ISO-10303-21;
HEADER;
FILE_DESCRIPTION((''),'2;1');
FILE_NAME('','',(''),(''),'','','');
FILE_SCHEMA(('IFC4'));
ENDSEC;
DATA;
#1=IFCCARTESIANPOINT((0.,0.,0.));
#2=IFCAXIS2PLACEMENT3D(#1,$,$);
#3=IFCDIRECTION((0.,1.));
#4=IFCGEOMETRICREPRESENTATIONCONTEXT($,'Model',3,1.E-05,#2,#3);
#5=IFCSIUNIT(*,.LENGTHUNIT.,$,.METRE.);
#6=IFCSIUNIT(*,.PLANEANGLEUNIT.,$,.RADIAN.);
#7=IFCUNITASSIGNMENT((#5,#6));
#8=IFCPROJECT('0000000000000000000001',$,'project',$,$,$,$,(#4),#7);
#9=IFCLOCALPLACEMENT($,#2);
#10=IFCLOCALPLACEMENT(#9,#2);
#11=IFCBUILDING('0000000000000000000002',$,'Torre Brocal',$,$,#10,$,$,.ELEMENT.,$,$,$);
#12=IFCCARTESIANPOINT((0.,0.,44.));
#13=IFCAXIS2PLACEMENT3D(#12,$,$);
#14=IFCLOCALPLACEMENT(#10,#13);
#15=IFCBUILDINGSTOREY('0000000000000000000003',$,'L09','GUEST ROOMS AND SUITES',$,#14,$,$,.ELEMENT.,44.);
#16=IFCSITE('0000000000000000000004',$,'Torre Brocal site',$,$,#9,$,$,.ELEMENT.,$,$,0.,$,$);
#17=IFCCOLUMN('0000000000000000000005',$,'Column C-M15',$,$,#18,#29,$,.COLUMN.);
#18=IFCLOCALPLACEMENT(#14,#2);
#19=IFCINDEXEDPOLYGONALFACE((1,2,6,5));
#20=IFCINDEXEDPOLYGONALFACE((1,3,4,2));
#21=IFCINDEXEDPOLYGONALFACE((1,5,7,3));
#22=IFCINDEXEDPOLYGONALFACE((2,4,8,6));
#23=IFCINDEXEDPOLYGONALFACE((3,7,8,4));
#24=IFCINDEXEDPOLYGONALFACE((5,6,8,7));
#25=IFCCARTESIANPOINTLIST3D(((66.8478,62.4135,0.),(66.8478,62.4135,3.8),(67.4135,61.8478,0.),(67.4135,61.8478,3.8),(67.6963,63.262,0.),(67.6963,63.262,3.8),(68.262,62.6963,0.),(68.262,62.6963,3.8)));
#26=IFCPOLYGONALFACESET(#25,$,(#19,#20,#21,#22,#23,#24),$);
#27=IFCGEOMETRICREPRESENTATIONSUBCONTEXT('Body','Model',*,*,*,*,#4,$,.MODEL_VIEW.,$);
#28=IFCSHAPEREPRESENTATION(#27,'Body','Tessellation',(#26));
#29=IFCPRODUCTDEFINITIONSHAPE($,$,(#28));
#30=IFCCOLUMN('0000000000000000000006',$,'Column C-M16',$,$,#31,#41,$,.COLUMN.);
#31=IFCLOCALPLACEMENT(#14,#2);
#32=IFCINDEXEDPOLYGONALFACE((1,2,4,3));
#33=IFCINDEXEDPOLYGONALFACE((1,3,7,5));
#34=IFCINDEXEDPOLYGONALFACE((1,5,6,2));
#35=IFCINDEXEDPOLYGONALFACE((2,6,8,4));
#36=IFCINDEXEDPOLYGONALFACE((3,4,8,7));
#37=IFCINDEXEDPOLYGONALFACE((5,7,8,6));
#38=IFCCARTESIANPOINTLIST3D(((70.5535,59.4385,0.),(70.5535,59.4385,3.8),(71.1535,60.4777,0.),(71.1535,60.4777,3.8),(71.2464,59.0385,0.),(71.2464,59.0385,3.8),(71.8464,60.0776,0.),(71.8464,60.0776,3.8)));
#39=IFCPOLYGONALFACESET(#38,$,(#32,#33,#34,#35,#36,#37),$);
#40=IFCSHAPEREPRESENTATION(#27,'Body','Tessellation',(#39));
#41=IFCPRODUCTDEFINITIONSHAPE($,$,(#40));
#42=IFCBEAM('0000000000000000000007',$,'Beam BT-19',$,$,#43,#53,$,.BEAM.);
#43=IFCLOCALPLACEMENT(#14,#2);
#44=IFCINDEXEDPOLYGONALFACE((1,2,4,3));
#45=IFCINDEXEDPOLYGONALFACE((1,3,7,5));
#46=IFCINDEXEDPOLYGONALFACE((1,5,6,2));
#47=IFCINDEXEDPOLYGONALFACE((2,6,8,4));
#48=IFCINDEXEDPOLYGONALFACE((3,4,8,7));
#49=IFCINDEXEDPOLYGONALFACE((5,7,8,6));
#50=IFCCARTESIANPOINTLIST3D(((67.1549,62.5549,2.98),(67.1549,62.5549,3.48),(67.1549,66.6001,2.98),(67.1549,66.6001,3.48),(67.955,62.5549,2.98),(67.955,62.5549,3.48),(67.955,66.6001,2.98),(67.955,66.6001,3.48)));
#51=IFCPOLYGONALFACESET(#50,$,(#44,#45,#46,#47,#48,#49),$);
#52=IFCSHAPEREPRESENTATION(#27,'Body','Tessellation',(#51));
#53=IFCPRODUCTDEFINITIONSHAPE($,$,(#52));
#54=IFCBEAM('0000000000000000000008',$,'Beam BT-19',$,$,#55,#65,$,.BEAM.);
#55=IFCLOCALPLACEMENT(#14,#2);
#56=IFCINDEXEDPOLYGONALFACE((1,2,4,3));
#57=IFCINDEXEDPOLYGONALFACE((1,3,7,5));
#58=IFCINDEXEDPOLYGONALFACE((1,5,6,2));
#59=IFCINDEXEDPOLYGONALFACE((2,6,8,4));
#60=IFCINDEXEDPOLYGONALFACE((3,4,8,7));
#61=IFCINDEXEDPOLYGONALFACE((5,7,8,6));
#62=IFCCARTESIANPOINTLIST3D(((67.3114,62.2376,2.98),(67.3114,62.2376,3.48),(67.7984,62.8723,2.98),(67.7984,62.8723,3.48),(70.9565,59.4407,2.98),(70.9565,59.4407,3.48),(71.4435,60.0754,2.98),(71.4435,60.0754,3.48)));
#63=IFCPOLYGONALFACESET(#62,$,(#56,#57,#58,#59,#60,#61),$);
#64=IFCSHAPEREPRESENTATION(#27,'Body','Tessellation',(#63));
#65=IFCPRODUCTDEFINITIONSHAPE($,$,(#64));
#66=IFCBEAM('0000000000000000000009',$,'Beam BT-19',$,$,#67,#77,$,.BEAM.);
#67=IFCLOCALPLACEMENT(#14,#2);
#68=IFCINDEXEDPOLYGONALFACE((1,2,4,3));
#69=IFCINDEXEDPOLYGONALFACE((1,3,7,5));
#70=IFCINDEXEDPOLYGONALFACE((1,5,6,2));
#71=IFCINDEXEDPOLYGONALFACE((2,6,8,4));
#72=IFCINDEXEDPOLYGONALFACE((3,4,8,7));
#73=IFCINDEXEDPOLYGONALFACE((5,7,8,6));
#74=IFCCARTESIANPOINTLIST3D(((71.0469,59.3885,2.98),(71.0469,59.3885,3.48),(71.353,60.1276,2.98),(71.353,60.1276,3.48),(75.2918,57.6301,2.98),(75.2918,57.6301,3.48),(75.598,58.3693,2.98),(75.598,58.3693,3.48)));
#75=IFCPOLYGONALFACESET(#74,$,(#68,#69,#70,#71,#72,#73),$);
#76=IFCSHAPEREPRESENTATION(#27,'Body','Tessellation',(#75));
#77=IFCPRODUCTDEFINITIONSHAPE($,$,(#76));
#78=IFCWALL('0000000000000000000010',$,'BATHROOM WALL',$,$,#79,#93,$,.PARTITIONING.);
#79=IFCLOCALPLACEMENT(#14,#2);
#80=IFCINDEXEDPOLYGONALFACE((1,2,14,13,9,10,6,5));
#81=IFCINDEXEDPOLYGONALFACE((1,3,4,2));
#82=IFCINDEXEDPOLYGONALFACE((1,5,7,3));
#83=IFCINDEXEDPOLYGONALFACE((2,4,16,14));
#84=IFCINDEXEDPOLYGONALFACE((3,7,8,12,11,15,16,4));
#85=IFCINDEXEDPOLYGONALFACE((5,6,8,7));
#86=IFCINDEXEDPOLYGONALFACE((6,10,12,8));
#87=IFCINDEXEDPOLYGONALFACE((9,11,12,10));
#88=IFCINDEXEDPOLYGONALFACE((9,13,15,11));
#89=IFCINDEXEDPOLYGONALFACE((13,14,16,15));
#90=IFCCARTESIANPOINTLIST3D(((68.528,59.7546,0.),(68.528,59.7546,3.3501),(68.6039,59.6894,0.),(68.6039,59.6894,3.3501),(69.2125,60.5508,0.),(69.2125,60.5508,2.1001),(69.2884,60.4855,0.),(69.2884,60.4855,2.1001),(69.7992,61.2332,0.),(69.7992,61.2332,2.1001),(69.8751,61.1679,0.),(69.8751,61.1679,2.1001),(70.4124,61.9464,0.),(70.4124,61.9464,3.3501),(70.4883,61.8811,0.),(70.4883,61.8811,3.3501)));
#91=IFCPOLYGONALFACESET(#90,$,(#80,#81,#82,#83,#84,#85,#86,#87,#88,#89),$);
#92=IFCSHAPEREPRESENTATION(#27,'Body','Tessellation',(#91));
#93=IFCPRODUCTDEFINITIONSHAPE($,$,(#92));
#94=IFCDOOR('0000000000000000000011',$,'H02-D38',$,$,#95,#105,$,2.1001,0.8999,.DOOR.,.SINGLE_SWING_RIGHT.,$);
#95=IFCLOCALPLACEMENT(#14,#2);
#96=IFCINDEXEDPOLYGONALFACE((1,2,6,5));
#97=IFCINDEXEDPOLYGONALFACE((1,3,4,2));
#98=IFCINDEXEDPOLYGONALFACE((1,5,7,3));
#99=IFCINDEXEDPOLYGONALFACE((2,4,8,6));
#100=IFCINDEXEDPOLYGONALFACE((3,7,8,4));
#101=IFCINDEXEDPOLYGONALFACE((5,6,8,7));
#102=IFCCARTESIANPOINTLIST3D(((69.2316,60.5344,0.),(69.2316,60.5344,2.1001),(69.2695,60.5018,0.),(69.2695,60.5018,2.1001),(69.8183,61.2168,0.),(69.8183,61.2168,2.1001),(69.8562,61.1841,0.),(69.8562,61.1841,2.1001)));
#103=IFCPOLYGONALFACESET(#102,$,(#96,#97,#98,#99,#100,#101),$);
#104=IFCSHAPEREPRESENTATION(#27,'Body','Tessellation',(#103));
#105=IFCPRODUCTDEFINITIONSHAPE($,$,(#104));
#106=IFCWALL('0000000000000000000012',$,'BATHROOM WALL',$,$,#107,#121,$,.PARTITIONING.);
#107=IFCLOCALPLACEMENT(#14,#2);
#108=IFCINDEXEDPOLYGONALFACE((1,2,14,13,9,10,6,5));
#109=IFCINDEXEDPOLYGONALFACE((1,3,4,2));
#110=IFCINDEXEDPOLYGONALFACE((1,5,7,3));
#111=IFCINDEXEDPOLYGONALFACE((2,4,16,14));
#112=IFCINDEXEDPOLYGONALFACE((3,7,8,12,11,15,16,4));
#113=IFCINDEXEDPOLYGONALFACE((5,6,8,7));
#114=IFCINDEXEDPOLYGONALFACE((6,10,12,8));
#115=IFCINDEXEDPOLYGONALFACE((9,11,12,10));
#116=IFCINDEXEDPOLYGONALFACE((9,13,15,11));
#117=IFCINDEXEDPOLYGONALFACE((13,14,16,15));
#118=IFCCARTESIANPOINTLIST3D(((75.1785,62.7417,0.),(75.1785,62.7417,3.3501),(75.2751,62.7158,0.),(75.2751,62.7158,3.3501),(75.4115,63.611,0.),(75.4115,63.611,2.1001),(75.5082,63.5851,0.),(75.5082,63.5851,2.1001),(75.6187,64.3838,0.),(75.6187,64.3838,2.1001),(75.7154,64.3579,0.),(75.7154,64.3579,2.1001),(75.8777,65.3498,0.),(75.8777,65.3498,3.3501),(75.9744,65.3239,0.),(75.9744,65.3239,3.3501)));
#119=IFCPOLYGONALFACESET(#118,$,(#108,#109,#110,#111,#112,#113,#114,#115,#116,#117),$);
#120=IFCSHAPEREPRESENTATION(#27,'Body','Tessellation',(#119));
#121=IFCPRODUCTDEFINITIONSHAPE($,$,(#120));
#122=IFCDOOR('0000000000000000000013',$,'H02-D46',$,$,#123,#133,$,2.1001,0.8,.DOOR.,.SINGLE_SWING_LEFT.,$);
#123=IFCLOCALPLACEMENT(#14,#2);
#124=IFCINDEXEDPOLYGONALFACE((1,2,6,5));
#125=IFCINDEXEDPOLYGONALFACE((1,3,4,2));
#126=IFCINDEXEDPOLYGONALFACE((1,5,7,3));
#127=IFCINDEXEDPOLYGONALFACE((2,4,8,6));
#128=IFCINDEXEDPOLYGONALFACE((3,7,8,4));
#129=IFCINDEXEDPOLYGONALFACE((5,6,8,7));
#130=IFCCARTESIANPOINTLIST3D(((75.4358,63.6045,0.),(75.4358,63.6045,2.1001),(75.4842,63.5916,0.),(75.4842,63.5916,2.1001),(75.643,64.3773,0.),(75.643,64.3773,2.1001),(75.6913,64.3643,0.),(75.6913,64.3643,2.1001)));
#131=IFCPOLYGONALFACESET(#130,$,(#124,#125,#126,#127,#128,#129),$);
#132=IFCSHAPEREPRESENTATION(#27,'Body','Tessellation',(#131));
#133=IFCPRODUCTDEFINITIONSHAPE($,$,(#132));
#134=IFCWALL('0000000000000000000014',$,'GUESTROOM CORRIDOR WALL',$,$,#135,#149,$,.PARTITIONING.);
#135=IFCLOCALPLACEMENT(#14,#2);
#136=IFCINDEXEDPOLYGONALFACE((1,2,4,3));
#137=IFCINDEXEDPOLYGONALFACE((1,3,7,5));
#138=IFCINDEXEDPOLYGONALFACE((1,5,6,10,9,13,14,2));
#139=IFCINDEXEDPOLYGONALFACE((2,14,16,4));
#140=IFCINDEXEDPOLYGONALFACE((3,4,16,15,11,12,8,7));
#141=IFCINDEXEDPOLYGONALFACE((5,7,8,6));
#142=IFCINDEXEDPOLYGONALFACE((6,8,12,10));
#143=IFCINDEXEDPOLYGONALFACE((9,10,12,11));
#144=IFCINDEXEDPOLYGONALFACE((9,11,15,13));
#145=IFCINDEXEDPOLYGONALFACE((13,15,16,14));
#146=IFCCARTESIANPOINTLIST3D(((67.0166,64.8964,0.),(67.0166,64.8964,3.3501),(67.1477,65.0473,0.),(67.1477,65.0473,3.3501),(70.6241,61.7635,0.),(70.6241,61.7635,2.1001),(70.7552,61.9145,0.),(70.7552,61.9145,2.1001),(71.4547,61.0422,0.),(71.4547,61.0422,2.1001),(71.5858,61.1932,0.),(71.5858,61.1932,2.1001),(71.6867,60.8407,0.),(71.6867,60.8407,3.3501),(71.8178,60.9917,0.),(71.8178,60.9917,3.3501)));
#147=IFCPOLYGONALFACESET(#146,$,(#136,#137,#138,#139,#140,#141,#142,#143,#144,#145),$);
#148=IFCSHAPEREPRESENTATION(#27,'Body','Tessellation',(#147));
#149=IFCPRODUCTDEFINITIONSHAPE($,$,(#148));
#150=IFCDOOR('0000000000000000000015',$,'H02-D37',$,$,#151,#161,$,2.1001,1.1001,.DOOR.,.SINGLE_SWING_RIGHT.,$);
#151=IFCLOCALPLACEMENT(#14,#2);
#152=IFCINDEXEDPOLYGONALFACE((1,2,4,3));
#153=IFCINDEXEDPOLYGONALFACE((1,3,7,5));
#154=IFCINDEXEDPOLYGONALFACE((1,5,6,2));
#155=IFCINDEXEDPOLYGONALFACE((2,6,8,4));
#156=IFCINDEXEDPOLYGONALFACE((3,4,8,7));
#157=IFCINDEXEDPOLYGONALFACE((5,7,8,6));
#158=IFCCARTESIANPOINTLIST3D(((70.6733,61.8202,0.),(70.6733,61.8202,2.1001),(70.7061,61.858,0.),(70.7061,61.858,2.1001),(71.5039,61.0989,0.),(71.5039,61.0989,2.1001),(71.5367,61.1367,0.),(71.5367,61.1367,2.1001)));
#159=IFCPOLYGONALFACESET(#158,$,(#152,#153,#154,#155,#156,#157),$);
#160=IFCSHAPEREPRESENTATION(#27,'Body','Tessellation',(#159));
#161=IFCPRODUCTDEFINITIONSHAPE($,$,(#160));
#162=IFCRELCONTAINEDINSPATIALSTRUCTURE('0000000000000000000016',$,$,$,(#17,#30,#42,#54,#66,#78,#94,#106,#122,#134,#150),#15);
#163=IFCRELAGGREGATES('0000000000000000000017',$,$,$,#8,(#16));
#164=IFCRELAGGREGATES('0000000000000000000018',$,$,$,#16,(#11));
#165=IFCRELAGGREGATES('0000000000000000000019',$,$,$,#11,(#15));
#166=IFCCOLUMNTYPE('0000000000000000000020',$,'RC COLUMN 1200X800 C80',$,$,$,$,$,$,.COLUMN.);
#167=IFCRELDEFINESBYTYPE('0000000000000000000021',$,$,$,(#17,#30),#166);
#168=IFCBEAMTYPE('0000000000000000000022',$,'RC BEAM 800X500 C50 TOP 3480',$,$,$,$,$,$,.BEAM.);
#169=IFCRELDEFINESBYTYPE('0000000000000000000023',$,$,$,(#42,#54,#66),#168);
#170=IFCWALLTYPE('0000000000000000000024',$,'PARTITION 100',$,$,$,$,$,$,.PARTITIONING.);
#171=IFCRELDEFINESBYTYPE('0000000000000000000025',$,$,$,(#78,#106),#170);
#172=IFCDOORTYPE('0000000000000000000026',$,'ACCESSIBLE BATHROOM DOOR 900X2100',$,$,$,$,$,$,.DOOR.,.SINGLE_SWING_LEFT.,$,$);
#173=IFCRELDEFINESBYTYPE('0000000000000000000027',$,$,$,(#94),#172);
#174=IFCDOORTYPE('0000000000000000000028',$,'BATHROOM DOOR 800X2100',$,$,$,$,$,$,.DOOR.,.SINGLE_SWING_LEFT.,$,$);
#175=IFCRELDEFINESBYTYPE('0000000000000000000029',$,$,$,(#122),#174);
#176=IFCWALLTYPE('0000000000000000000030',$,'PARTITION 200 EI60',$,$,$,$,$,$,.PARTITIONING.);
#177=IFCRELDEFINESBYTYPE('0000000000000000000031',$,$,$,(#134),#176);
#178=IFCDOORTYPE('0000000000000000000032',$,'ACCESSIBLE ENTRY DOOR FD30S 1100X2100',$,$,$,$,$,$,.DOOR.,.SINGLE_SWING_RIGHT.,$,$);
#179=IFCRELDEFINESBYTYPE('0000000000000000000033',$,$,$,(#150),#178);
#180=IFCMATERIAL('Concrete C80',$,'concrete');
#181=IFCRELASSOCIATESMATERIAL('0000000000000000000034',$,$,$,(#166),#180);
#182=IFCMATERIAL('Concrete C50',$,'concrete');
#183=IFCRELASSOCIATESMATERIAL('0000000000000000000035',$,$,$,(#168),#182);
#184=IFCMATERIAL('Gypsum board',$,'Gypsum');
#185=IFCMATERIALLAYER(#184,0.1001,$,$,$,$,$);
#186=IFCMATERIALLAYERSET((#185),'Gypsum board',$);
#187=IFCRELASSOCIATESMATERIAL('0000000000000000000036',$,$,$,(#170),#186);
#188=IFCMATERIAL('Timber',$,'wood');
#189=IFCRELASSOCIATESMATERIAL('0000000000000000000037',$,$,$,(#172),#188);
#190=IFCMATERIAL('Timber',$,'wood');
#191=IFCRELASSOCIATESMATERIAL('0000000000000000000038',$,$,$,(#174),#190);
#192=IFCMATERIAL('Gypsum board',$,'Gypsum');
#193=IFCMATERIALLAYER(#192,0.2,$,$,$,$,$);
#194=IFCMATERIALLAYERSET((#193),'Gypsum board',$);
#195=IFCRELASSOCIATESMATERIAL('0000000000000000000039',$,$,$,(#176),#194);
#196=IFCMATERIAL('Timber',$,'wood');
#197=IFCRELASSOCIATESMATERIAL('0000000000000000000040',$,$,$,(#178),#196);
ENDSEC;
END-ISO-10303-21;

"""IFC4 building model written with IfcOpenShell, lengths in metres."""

from ifc_helpers import new_model, si_unit, direction, frame, frame_2d, origin, origin_2d, place, context, subcontext, project, spatial, rectangle, extrude, material, layer, layer_set, material_profile, profile_set, type_object, element, fill, save


model = new_model("IFC4")

# Units and contexts
model_context = context("Model", 3, precision=1e-05, world=origin(), true_north=direction((0.0, 1.0)))
body_context = subcontext(model_context, "Body", "Model", "MODEL_VIEW")
ifc_project = project(units=[si_unit("LENGTHUNIT", "METRE"), si_unit("PLANEANGLEUNIT", "RADIAN")], contexts=[model_context])

# Site, building, storey
site_placement = place(None, origin())
site = spatial("IfcSite", under=ifc_project, at=site_placement, Name="Torre Brocal site", CompositionType="ELEMENT", RefElevation=0.0)
building_placement = place(site_placement, origin())
building = spatial("IfcBuilding", under=site, at=building_placement, Name="Torre Brocal", CompositionType="ELEMENT")
storey_placement = place(building_placement, frame((0.0, 0.0, 44.0)))
storey = spatial("IfcBuildingStorey", under=building, at=storey_placement, Name="L09", Description="GUEST ROOMS AND SUITES", CompositionType="ELEMENT", Elevation=44.0)

# Columns
ifc_material_1 = material(Name="Concrete C80", Category="concrete")
ifc_material_profile_1 = material_profile(ifc_material_1, rectangle(XDim=1.2, YDim=0.8, at=origin_2d()), Name="RC 1200X800")
ifc_profile_set_1 = profile_set([ifc_material_profile_1], Name="Concrete C80")
column_type = type_object("IfcColumnType", Name="RC COLUMN 1200X800 C80", PredefinedType="COLUMN", material=ifc_profile_set_1)
for number, where, z_axis, x_axis, name in (
    (1, (67.5549, 62.5549, 0.0), (0.0, 0.0, 1.0), (-0.707107, -0.707107, 0.0), "Column C-M15"),
    (2, (71.2, 59.7581, 0.0), (0.0, 0.0, 1.0), (-0.5, -0.866025, 0.0), "Column C-M16"),
):
    element("IfcColumn", number, at=place(storey_placement, frame(where, z_axis=z_axis, x_axis=x_axis)), inside=storey, type_object=column_type, Name=name, PredefinedType="COLUMN", context=body_context, shape_type="SweptSolid", body=[
        extrude(rectangle(XDim=1.2, YDim=0.8, at=origin_2d()), origin(), (0.0, 0.0, 1.0), 3.8),
    ])

# Beams
ifc_material_2 = material(Name="Concrete C50", Category="concrete")
ifc_material_profile_2 = material_profile(ifc_material_2, rectangle(XDim=0.8, YDim=0.5, at=origin_2d()), Name="RC 800X500")
ifc_profile_set_2 = profile_set([ifc_material_profile_2], Name="Concrete C50")
beam_type = type_object("IfcBeamType", Name="RC BEAM 800X500 C50 TOP 3480", PredefinedType="BEAM", material=ifc_profile_set_2)
beam_1_placement = place(storey_placement, frame((67.5549, 62.5549, 3.23), z_axis=(0.0, 1.0, 0.0), x_axis=(-1.0, 0.0, 0.0)))
element("IfcBeam", 3, at=beam_1_placement, inside=storey, type_object=beam_type, Name="Beam BT-19", PredefinedType="BEAM", context=body_context, shape_type="SweptSolid", body=[
    extrude(rectangle(XDim=0.8, YDim=0.5, at=origin_2d()), origin(), (0.0, 0.0, 1.0), 4.0452),
])
beam_2_placement = place(storey_placement, frame((67.5549, 62.5549, 3.23), z_axis=(0.793358, -0.608755, 0.0), x_axis=(0.608755, 0.793358, 0.0)))
element("IfcBeam", 4, at=beam_2_placement, inside=storey, type_object=beam_type, Name="Beam BT-19", PredefinedType="BEAM", context=body_context, shape_type="SweptSolid", body=[
    extrude(rectangle(XDim=0.8, YDim=0.5, at=origin_2d()), origin(), (0.0, 0.0, 1.0), 4.5945),
])
beam_3_placement = place(storey_placement, frame((71.2, 59.7581, 3.23), z_axis=(0.923878, -0.382687, 0.0), x_axis=(0.382687, 0.923878, 0.0)))
element("IfcBeam", 5, at=beam_3_placement, inside=storey, type_object=beam_type, Name="Beam BT-19", PredefinedType="BEAM", context=body_context, shape_type="SweptSolid", body=[
    extrude(rectangle(XDim=0.8, YDim=0.5, at=origin_2d()), origin(), (0.0, 0.0, 1.0), 4.5947),
])

# Walls, openings, doors
ifc_material_3 = material(Name="Gypsum board", Category="Gypsum")
ifc_layer_1 = layer(ifc_material_3, 0.1001)
ifc_layer_set_1 = layer_set([ifc_layer_1], Name="Gypsum board")
wall_type_1 = type_object("IfcWallType", Name="PARTITION 100", PredefinedType="PARTITIONING", material=ifc_layer_set_1)
wall_1_placement = place(storey_placement, frame((68.5659, 59.7219, 0.0), z_axis=(0.0, 0.0, 1.0), x_axis=(0.651931, 0.758278, 0.0)))
wall_1 = element("IfcWall", 6, at=wall_1_placement, inside=storey, type_object=wall_type_1, Name="BATHROOM WALL", PredefinedType="PARTITIONING", context=body_context, shape_type="SweptSolid", body=[
    extrude(rectangle(XDim=2.8904, YDim=0.1001, at=frame_2d((1.4453, 0.0))), origin(), (0.0, 0.0, 1.0), 3.3501),
])
opening_1_placement = place(wall_1_placement, frame((1.05, 0.0, 0.0)))
opening_1 = element("IfcOpeningElement", 7, at=opening_1_placement, cuts=wall_1, PredefinedType="OPENING", context=body_context, shape_type="SweptSolid", body=[
    extrude(rectangle(XDim=0.8999, YDim=2.1001, at=frame_2d((0.45, 1.05))), frame((0.0, 0.0601, 0.0), z_axis=(0.0, -1.0, 0.0), x_axis=(1.0, 0.0, 0.0)), (0.0, 0.0, 1.0), 0.1201),
])
ifc_material_4 = material(Name="Timber", Category="wood")
door_type_1 = type_object("IfcDoorType", Name="ACCESSIBLE BATHROOM DOOR 900X2100", OperationType="SINGLE_SWING_LEFT", PredefinedType="DOOR", material=ifc_material_4)
door_1_placement = place(opening_1_placement, origin())
door_1 = element("IfcDoor", 8, at=door_1_placement, inside=storey, type_object=door_type_1, Name="H02-D38", OperationType="SINGLE_SWING_RIGHT", OverallHeight=2.1001, OverallWidth=0.8999, PredefinedType="DOOR", context=body_context, shape_type="SweptSolid", body=[
    extrude(rectangle(XDim=0.8999, YDim=2.1001, at=frame_2d((0.45, 1.05))), frame((0.0, 0.0249, 0.0), z_axis=(0.0, -1.0, 0.0), x_axis=(1.0, 0.0, 0.0)), (0.0, 0.0, 1.0), 0.05),
])
fill(opening_1, door_1)
wall_2_placement = place(storey_placement, frame((75.2268, 62.7288, 0.0), z_axis=(0.0, 0.0, 1.0), x_axis=(0.258945, 0.965892, 0.0)))
wall_2 = element("IfcWall", 9, at=wall_2_placement, inside=storey, type_object=wall_type_1, Name="BATHROOM WALL", PredefinedType="PARTITIONING", context=body_context, shape_type="SweptSolid", body=[
    extrude(rectangle(XDim=2.7002, YDim=0.1001, at=frame_2d((1.3501, 0.0))), origin(), (0.0, 0.0, 1.0), 3.3501),
])
opening_2_placement = place(wall_2_placement, frame((0.9001, 0.0, 0.0)))
opening_2 = element("IfcOpeningElement", 10, at=opening_2_placement, cuts=wall_2, PredefinedType="OPENING", context=body_context, shape_type="SweptSolid", body=[
    extrude(rectangle(XDim=0.8, YDim=2.1001, at=frame_2d((0.3999, 1.05))), frame((0.0, 0.0601, 0.0), z_axis=(0.0, -1.0, 0.0), x_axis=(1.0, 0.0, 0.0)), (0.0, 0.0, 1.0), 0.1201),
])
ifc_material_5 = material(Name="Timber", Category="wood")
door_type_2 = type_object("IfcDoorType", Name="BATHROOM DOOR 800X2100", OperationType="SINGLE_SWING_LEFT", PredefinedType="DOOR", material=ifc_material_5)
door_2_placement = place(opening_2_placement, origin())
door_2 = element("IfcDoor", 11, at=door_2_placement, inside=storey, type_object=door_type_2, Name="H02-D46", OperationType="SINGLE_SWING_LEFT", OverallHeight=2.1001, OverallWidth=0.8, PredefinedType="DOOR", context=body_context, shape_type="SweptSolid", body=[
    extrude(rectangle(XDim=0.8, YDim=2.1001, at=frame_2d((0.3999, 1.05))), frame((0.0, 0.0249, 0.0), z_axis=(0.0, -1.0, 0.0), x_axis=(1.0, 0.0, 0.0)), (0.0, 0.0, 1.0), 0.05),
])
fill(opening_2, door_2)
ifc_material_6 = material(Name="Gypsum board", Category="Gypsum")
ifc_layer_2 = layer(ifc_material_6, 0.2)
ifc_layer_set_2 = layer_set([ifc_layer_2], Name="Gypsum board")
wall_type_2 = type_object("IfcWallType", Name="PARTITION 200 EI60", PredefinedType="PARTITIONING", material=ifc_layer_set_2)
wall_3_placement = place(storey_placement, frame((67.082, 64.9719, 0.0), z_axis=(0.0, 0.0, 1.0), x_axis=(0.755034, -0.655686, 0.0)))
wall_3 = element("IfcWall", 12, at=wall_3_placement, inside=storey, type_object=wall_type_2, Name="GUESTROOM CORRIDOR WALL", PredefinedType="PARTITIONING", context=body_context, shape_type="SweptSolid", body=[
    extrude(rectangle(XDim=6.1853, YDim=0.2, at=frame_2d((3.0928, 0.0))), origin(), (0.0, 0.0, 1.0), 3.3501),
])
opening_3_placement = place(wall_3_placement, frame((4.7781, 0.0, 0.0)))
opening_3 = element("IfcOpeningElement", 13, at=opening_3_placement, cuts=wall_3, PredefinedType="OPENING", context=body_context, shape_type="SweptSolid", body=[
    extrude(rectangle(XDim=1.1001, YDim=2.1001, at=frame_2d((0.55, 1.05))), frame((0.0, 0.1099, 0.0), z_axis=(0.0, -1.0, 0.0), x_axis=(1.0, 0.0, 0.0)), (0.0, 0.0, 1.0), 0.22),
])
ifc_material_7 = material(Name="Timber", Category="wood")
door_type_3 = type_object("IfcDoorType", Name="ACCESSIBLE ENTRY DOOR FD30S 1100X2100", OperationType="SINGLE_SWING_RIGHT", PredefinedType="DOOR", material=ifc_material_7)
door_3_placement = place(opening_3_placement, frame((1.1001, 0.0, 0.0), z_axis=(0.0, 0.0, 1.0), x_axis=(-1.0, 0.0, 0.0)))
door_3 = element("IfcDoor", 14, at=door_3_placement, inside=storey, type_object=door_type_3, Name="H02-D37", OperationType="SINGLE_SWING_RIGHT", OverallHeight=2.1001, OverallWidth=1.1001, PredefinedType="DOOR", context=body_context, shape_type="SweptSolid", body=[
    extrude(rectangle(XDim=1.1001, YDim=2.1001, at=frame_2d((0.55, 1.05))), frame((0.0, 0.0249, 0.0), z_axis=(0.0, -1.0, 0.0), x_axis=(1.0, 0.0, 0.0)), (0.0, 0.0, 1.0), 0.05),
])
fill(opening_3, door_3)

save(model, "model.ifc")
